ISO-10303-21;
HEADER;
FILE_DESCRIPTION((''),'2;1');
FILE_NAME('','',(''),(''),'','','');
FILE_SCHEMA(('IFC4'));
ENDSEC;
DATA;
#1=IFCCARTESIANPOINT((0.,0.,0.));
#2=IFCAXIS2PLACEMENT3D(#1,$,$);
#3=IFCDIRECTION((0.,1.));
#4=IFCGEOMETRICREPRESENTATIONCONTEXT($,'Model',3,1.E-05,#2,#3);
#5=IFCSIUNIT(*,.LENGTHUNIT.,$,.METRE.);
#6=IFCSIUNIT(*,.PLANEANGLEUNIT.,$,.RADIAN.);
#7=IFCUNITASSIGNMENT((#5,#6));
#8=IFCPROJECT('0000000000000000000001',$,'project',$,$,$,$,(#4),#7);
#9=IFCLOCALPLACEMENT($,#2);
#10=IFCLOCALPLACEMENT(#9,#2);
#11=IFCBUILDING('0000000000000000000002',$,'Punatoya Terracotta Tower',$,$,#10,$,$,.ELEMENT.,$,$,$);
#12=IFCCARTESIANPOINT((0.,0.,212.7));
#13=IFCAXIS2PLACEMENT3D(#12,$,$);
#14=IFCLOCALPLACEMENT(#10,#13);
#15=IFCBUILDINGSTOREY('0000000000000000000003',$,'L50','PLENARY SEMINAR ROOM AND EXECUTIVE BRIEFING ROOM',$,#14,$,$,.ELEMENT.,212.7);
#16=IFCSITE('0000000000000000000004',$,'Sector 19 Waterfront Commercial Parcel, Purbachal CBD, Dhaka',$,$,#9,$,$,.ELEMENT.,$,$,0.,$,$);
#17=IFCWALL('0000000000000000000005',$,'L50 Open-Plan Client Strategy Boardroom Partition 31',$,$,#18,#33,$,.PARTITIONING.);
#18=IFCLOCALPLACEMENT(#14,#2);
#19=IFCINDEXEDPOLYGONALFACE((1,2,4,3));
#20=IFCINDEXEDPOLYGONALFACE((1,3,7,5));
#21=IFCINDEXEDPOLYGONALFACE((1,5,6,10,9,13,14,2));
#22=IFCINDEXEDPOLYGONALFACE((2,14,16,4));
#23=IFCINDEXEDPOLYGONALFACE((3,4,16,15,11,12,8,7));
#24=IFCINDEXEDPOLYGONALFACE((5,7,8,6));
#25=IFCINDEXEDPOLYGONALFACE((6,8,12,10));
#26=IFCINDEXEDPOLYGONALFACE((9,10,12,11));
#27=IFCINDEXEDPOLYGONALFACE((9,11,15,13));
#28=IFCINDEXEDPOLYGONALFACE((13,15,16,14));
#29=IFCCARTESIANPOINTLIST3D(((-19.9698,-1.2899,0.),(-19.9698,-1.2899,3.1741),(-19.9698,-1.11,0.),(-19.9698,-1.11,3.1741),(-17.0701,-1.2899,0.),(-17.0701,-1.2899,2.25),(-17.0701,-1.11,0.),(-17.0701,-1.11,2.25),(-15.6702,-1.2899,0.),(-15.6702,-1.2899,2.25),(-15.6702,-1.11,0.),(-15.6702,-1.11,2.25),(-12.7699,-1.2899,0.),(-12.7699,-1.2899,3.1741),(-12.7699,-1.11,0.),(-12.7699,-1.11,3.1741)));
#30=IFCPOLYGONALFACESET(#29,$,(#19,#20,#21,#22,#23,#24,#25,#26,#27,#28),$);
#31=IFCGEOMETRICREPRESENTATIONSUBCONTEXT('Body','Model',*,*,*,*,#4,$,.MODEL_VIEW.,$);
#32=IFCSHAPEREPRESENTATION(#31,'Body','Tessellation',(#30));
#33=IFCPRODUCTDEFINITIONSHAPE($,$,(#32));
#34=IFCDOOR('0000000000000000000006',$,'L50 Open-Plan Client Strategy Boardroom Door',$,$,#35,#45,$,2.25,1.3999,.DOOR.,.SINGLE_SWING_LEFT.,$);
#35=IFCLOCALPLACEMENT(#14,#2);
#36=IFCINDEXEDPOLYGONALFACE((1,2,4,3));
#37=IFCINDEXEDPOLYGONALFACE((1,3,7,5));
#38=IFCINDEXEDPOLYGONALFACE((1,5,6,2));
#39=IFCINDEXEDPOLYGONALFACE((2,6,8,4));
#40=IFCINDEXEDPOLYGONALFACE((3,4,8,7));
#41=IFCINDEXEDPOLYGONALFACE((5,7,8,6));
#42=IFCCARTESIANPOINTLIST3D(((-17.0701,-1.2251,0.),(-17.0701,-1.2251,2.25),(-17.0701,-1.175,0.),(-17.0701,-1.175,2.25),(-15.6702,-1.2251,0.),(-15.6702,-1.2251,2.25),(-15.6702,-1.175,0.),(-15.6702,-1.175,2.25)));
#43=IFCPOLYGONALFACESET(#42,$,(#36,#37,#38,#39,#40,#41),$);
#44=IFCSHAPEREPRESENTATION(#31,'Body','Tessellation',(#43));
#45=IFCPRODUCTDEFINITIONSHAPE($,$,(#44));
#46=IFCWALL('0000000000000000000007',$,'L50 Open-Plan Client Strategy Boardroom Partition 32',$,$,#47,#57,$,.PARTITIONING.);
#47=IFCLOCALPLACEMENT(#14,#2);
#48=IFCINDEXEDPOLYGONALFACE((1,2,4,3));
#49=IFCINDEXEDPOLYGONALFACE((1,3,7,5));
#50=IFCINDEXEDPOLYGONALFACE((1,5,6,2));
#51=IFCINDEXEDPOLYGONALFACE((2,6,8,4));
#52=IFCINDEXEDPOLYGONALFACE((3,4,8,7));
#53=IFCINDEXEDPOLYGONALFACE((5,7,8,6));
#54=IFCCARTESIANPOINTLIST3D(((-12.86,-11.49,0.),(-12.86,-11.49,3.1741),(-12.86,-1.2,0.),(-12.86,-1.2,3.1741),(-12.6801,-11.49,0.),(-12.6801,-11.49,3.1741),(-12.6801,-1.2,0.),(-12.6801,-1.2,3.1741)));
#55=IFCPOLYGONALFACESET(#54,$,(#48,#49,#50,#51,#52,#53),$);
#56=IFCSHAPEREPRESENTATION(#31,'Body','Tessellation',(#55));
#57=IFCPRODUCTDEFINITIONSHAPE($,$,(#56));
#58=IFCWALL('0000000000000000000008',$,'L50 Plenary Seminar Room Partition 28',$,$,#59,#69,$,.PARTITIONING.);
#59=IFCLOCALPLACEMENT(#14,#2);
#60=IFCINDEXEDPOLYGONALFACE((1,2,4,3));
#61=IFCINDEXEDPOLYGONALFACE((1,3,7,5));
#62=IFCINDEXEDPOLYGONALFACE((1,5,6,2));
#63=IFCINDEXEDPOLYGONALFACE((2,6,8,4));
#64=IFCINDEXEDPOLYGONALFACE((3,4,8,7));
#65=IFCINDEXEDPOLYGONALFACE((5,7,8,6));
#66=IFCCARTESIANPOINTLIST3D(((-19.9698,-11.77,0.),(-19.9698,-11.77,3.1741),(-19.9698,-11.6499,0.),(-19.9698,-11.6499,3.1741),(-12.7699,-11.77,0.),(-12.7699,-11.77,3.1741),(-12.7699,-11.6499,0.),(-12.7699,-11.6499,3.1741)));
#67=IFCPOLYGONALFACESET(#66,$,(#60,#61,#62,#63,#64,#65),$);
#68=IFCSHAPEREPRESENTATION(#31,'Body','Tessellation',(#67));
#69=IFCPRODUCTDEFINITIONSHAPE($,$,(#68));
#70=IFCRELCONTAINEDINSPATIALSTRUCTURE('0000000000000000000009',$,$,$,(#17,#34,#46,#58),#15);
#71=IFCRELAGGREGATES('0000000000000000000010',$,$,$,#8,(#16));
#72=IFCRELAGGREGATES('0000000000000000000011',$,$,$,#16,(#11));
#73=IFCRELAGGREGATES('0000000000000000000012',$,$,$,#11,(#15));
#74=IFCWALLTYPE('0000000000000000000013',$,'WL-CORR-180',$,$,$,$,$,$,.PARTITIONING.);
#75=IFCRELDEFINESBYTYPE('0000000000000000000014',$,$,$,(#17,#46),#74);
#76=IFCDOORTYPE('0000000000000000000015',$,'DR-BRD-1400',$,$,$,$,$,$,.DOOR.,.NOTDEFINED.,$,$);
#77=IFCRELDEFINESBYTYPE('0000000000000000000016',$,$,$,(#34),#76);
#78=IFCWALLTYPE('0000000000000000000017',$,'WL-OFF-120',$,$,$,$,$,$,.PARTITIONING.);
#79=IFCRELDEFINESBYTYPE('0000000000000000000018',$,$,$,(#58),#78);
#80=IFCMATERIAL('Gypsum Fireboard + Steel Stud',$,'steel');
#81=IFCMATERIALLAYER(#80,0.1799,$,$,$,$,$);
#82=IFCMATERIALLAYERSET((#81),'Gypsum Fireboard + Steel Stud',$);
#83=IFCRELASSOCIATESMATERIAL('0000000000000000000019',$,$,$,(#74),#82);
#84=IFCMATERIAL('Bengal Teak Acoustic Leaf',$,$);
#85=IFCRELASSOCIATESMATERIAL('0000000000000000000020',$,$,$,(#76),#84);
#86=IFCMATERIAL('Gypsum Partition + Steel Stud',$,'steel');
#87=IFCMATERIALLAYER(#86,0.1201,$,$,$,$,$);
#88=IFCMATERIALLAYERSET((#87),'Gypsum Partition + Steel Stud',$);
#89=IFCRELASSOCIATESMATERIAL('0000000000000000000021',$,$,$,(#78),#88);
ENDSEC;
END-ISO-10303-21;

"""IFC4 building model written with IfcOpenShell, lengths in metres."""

from ifc_helpers import new_model, si_unit, direction, frame, frame_2d, origin, place, context, subcontext, project, spatial, rectangle, extrude, material, layer, layer_set, type_object, element, fill, save


model = new_model("IFC4")

# Units and contexts
model_context = context("Model", 3, precision=1e-05, world=origin(), true_north=direction((0.0, 1.0)))
body_context = subcontext(model_context, "Body", "Model", "MODEL_VIEW")
ifc_project = project(units=[si_unit("LENGTHUNIT", "METRE"), si_unit("PLANEANGLEUNIT", "RADIAN")], contexts=[model_context])

# Site, building, storey
site_placement = place(None, origin())
site = spatial("IfcSite", under=ifc_project, at=site_placement, Name="Sector 19 Waterfront Commercial Parcel, Purbachal CBD, Dhaka", CompositionType="ELEMENT", RefElevation=0.0)
building_placement = place(site_placement, origin())
building = spatial("IfcBuilding", under=site, at=building_placement, Name="Punatoya Terracotta Tower", CompositionType="ELEMENT")
storey_placement = place(building_placement, frame((0.0, 0.0, 212.7)))
storey = spatial("IfcBuildingStorey", under=building, at=storey_placement, Name="L50", Description="PLENARY SEMINAR ROOM AND EXECUTIVE BRIEFING ROOM", CompositionType="ELEMENT", Elevation=212.7)

# Wall, opening, door
ifc_material_1 = material(Name="Gypsum Fireboard + Steel Stud", Category="steel")
ifc_layer_1 = layer(ifc_material_1, 0.1799)
ifc_layer_set_1 = layer_set([ifc_layer_1], Name="Gypsum Fireboard + Steel Stud")
wall_type_1 = type_object("IfcWallType", Name="WL-CORR-180", PredefinedType="PARTITIONING", material=ifc_layer_set_1)
ifc_material_2 = material(Name="Bengal Teak Acoustic Leaf")
door_type = type_object("IfcDoorType", Name="DR-BRD-1400", OperationType="NOTDEFINED", PredefinedType="DOOR", material=ifc_material_2)
wall_1_placement = place(storey_placement, frame((-19.97, -1.2, 0.0), z_axis=(0.0, 0.0, 1.0), x_axis=(1.0, 0.0, 0.0)))
wall_1 = element("IfcWall", 1, at=wall_1_placement, inside=storey, type_object=wall_type_1, Name="L50 Open-Plan Client Strategy Boardroom Partition 31", PredefinedType="PARTITIONING", context=body_context, shape_type="SweptSolid", body=[
    extrude(rectangle(XDim=7.2, YDim=0.1799, at=frame_2d((3.6001, 0.0))), origin(), (0.0, 0.0, 1.0), 3.1741),
])
opening_1_placement = place(wall_1_placement, frame((2.8999, 0.0, 0.0)))
opening_1 = element("IfcOpeningElement", 2, at=opening_1_placement, cuts=wall_1, PredefinedType="OPENING", context=body_context, shape_type="SweptSolid", body=[
    extrude(rectangle(XDim=1.3999, YDim=2.25, at=frame_2d((0.7, 1.125))), frame((0.0, 0.0999, 0.0), z_axis=(0.0, -1.0, 0.0), x_axis=(1.0, 0.0, 0.0)), (0.0, 0.0, 1.0), 0.2),
])
door_1_placement = place(opening_1_placement, origin())
door_1 = element("IfcDoor", 3, at=door_1_placement, inside=storey, type_object=door_type, Name="L50 Open-Plan Client Strategy Boardroom Door", OperationType="SINGLE_SWING_LEFT", OverallHeight=2.25, OverallWidth=1.3999, PredefinedType="DOOR", context=body_context, shape_type="SweptSolid", body=[
    extrude(rectangle(XDim=1.3999, YDim=2.25, at=frame_2d((0.7, 1.125))), frame((0.0, 0.0249, 0.0), z_axis=(0.0, -1.0, 0.0), x_axis=(1.0, 0.0, 0.0)), (0.0, 0.0, 1.0), 0.05),
])
fill(opening_1, door_1)

# Walls
wall_2_placement = place(storey_placement, frame((-12.77, -1.2, 0.0), z_axis=(0.0, 0.0, 1.0), x_axis=(0.0, -1.0, 0.0)))
element("IfcWall", 4, at=wall_2_placement, inside=storey, type_object=wall_type_1, Name="L50 Open-Plan Client Strategy Boardroom Partition 32", PredefinedType="PARTITIONING", context=body_context, shape_type="SweptSolid", body=[
    extrude(rectangle(XDim=10.29, YDim=0.1799, at=frame_2d((5.145, 0.0))), origin(), (0.0, 0.0, 1.0), 3.1741),
])
ifc_material_3 = material(Name="Gypsum Partition + Steel Stud", Category="steel")
ifc_layer_2 = layer(ifc_material_3, 0.1201)
ifc_layer_set_2 = layer_set([ifc_layer_2], Name="Gypsum Partition + Steel Stud")
wall_type_2 = type_object("IfcWallType", Name="WL-OFF-120", PredefinedType="PARTITIONING", material=ifc_layer_set_2)
wall_3_placement = place(storey_placement, frame((-19.97, -11.71, 0.0), z_axis=(0.0, 0.0, 1.0), x_axis=(1.0, 0.0, 0.0)))
element("IfcWall", 5, at=wall_3_placement, inside=storey, type_object=wall_type_2, Name="L50 Plenary Seminar Room Partition 28", PredefinedType="PARTITIONING", context=body_context, shape_type="SweptSolid", body=[
    extrude(rectangle(XDim=7.2, YDim=0.1201, at=frame_2d((3.6001, 0.0))), origin(), (0.0, 0.0, 1.0), 3.1741),
])

save(model, "model.ifc")
